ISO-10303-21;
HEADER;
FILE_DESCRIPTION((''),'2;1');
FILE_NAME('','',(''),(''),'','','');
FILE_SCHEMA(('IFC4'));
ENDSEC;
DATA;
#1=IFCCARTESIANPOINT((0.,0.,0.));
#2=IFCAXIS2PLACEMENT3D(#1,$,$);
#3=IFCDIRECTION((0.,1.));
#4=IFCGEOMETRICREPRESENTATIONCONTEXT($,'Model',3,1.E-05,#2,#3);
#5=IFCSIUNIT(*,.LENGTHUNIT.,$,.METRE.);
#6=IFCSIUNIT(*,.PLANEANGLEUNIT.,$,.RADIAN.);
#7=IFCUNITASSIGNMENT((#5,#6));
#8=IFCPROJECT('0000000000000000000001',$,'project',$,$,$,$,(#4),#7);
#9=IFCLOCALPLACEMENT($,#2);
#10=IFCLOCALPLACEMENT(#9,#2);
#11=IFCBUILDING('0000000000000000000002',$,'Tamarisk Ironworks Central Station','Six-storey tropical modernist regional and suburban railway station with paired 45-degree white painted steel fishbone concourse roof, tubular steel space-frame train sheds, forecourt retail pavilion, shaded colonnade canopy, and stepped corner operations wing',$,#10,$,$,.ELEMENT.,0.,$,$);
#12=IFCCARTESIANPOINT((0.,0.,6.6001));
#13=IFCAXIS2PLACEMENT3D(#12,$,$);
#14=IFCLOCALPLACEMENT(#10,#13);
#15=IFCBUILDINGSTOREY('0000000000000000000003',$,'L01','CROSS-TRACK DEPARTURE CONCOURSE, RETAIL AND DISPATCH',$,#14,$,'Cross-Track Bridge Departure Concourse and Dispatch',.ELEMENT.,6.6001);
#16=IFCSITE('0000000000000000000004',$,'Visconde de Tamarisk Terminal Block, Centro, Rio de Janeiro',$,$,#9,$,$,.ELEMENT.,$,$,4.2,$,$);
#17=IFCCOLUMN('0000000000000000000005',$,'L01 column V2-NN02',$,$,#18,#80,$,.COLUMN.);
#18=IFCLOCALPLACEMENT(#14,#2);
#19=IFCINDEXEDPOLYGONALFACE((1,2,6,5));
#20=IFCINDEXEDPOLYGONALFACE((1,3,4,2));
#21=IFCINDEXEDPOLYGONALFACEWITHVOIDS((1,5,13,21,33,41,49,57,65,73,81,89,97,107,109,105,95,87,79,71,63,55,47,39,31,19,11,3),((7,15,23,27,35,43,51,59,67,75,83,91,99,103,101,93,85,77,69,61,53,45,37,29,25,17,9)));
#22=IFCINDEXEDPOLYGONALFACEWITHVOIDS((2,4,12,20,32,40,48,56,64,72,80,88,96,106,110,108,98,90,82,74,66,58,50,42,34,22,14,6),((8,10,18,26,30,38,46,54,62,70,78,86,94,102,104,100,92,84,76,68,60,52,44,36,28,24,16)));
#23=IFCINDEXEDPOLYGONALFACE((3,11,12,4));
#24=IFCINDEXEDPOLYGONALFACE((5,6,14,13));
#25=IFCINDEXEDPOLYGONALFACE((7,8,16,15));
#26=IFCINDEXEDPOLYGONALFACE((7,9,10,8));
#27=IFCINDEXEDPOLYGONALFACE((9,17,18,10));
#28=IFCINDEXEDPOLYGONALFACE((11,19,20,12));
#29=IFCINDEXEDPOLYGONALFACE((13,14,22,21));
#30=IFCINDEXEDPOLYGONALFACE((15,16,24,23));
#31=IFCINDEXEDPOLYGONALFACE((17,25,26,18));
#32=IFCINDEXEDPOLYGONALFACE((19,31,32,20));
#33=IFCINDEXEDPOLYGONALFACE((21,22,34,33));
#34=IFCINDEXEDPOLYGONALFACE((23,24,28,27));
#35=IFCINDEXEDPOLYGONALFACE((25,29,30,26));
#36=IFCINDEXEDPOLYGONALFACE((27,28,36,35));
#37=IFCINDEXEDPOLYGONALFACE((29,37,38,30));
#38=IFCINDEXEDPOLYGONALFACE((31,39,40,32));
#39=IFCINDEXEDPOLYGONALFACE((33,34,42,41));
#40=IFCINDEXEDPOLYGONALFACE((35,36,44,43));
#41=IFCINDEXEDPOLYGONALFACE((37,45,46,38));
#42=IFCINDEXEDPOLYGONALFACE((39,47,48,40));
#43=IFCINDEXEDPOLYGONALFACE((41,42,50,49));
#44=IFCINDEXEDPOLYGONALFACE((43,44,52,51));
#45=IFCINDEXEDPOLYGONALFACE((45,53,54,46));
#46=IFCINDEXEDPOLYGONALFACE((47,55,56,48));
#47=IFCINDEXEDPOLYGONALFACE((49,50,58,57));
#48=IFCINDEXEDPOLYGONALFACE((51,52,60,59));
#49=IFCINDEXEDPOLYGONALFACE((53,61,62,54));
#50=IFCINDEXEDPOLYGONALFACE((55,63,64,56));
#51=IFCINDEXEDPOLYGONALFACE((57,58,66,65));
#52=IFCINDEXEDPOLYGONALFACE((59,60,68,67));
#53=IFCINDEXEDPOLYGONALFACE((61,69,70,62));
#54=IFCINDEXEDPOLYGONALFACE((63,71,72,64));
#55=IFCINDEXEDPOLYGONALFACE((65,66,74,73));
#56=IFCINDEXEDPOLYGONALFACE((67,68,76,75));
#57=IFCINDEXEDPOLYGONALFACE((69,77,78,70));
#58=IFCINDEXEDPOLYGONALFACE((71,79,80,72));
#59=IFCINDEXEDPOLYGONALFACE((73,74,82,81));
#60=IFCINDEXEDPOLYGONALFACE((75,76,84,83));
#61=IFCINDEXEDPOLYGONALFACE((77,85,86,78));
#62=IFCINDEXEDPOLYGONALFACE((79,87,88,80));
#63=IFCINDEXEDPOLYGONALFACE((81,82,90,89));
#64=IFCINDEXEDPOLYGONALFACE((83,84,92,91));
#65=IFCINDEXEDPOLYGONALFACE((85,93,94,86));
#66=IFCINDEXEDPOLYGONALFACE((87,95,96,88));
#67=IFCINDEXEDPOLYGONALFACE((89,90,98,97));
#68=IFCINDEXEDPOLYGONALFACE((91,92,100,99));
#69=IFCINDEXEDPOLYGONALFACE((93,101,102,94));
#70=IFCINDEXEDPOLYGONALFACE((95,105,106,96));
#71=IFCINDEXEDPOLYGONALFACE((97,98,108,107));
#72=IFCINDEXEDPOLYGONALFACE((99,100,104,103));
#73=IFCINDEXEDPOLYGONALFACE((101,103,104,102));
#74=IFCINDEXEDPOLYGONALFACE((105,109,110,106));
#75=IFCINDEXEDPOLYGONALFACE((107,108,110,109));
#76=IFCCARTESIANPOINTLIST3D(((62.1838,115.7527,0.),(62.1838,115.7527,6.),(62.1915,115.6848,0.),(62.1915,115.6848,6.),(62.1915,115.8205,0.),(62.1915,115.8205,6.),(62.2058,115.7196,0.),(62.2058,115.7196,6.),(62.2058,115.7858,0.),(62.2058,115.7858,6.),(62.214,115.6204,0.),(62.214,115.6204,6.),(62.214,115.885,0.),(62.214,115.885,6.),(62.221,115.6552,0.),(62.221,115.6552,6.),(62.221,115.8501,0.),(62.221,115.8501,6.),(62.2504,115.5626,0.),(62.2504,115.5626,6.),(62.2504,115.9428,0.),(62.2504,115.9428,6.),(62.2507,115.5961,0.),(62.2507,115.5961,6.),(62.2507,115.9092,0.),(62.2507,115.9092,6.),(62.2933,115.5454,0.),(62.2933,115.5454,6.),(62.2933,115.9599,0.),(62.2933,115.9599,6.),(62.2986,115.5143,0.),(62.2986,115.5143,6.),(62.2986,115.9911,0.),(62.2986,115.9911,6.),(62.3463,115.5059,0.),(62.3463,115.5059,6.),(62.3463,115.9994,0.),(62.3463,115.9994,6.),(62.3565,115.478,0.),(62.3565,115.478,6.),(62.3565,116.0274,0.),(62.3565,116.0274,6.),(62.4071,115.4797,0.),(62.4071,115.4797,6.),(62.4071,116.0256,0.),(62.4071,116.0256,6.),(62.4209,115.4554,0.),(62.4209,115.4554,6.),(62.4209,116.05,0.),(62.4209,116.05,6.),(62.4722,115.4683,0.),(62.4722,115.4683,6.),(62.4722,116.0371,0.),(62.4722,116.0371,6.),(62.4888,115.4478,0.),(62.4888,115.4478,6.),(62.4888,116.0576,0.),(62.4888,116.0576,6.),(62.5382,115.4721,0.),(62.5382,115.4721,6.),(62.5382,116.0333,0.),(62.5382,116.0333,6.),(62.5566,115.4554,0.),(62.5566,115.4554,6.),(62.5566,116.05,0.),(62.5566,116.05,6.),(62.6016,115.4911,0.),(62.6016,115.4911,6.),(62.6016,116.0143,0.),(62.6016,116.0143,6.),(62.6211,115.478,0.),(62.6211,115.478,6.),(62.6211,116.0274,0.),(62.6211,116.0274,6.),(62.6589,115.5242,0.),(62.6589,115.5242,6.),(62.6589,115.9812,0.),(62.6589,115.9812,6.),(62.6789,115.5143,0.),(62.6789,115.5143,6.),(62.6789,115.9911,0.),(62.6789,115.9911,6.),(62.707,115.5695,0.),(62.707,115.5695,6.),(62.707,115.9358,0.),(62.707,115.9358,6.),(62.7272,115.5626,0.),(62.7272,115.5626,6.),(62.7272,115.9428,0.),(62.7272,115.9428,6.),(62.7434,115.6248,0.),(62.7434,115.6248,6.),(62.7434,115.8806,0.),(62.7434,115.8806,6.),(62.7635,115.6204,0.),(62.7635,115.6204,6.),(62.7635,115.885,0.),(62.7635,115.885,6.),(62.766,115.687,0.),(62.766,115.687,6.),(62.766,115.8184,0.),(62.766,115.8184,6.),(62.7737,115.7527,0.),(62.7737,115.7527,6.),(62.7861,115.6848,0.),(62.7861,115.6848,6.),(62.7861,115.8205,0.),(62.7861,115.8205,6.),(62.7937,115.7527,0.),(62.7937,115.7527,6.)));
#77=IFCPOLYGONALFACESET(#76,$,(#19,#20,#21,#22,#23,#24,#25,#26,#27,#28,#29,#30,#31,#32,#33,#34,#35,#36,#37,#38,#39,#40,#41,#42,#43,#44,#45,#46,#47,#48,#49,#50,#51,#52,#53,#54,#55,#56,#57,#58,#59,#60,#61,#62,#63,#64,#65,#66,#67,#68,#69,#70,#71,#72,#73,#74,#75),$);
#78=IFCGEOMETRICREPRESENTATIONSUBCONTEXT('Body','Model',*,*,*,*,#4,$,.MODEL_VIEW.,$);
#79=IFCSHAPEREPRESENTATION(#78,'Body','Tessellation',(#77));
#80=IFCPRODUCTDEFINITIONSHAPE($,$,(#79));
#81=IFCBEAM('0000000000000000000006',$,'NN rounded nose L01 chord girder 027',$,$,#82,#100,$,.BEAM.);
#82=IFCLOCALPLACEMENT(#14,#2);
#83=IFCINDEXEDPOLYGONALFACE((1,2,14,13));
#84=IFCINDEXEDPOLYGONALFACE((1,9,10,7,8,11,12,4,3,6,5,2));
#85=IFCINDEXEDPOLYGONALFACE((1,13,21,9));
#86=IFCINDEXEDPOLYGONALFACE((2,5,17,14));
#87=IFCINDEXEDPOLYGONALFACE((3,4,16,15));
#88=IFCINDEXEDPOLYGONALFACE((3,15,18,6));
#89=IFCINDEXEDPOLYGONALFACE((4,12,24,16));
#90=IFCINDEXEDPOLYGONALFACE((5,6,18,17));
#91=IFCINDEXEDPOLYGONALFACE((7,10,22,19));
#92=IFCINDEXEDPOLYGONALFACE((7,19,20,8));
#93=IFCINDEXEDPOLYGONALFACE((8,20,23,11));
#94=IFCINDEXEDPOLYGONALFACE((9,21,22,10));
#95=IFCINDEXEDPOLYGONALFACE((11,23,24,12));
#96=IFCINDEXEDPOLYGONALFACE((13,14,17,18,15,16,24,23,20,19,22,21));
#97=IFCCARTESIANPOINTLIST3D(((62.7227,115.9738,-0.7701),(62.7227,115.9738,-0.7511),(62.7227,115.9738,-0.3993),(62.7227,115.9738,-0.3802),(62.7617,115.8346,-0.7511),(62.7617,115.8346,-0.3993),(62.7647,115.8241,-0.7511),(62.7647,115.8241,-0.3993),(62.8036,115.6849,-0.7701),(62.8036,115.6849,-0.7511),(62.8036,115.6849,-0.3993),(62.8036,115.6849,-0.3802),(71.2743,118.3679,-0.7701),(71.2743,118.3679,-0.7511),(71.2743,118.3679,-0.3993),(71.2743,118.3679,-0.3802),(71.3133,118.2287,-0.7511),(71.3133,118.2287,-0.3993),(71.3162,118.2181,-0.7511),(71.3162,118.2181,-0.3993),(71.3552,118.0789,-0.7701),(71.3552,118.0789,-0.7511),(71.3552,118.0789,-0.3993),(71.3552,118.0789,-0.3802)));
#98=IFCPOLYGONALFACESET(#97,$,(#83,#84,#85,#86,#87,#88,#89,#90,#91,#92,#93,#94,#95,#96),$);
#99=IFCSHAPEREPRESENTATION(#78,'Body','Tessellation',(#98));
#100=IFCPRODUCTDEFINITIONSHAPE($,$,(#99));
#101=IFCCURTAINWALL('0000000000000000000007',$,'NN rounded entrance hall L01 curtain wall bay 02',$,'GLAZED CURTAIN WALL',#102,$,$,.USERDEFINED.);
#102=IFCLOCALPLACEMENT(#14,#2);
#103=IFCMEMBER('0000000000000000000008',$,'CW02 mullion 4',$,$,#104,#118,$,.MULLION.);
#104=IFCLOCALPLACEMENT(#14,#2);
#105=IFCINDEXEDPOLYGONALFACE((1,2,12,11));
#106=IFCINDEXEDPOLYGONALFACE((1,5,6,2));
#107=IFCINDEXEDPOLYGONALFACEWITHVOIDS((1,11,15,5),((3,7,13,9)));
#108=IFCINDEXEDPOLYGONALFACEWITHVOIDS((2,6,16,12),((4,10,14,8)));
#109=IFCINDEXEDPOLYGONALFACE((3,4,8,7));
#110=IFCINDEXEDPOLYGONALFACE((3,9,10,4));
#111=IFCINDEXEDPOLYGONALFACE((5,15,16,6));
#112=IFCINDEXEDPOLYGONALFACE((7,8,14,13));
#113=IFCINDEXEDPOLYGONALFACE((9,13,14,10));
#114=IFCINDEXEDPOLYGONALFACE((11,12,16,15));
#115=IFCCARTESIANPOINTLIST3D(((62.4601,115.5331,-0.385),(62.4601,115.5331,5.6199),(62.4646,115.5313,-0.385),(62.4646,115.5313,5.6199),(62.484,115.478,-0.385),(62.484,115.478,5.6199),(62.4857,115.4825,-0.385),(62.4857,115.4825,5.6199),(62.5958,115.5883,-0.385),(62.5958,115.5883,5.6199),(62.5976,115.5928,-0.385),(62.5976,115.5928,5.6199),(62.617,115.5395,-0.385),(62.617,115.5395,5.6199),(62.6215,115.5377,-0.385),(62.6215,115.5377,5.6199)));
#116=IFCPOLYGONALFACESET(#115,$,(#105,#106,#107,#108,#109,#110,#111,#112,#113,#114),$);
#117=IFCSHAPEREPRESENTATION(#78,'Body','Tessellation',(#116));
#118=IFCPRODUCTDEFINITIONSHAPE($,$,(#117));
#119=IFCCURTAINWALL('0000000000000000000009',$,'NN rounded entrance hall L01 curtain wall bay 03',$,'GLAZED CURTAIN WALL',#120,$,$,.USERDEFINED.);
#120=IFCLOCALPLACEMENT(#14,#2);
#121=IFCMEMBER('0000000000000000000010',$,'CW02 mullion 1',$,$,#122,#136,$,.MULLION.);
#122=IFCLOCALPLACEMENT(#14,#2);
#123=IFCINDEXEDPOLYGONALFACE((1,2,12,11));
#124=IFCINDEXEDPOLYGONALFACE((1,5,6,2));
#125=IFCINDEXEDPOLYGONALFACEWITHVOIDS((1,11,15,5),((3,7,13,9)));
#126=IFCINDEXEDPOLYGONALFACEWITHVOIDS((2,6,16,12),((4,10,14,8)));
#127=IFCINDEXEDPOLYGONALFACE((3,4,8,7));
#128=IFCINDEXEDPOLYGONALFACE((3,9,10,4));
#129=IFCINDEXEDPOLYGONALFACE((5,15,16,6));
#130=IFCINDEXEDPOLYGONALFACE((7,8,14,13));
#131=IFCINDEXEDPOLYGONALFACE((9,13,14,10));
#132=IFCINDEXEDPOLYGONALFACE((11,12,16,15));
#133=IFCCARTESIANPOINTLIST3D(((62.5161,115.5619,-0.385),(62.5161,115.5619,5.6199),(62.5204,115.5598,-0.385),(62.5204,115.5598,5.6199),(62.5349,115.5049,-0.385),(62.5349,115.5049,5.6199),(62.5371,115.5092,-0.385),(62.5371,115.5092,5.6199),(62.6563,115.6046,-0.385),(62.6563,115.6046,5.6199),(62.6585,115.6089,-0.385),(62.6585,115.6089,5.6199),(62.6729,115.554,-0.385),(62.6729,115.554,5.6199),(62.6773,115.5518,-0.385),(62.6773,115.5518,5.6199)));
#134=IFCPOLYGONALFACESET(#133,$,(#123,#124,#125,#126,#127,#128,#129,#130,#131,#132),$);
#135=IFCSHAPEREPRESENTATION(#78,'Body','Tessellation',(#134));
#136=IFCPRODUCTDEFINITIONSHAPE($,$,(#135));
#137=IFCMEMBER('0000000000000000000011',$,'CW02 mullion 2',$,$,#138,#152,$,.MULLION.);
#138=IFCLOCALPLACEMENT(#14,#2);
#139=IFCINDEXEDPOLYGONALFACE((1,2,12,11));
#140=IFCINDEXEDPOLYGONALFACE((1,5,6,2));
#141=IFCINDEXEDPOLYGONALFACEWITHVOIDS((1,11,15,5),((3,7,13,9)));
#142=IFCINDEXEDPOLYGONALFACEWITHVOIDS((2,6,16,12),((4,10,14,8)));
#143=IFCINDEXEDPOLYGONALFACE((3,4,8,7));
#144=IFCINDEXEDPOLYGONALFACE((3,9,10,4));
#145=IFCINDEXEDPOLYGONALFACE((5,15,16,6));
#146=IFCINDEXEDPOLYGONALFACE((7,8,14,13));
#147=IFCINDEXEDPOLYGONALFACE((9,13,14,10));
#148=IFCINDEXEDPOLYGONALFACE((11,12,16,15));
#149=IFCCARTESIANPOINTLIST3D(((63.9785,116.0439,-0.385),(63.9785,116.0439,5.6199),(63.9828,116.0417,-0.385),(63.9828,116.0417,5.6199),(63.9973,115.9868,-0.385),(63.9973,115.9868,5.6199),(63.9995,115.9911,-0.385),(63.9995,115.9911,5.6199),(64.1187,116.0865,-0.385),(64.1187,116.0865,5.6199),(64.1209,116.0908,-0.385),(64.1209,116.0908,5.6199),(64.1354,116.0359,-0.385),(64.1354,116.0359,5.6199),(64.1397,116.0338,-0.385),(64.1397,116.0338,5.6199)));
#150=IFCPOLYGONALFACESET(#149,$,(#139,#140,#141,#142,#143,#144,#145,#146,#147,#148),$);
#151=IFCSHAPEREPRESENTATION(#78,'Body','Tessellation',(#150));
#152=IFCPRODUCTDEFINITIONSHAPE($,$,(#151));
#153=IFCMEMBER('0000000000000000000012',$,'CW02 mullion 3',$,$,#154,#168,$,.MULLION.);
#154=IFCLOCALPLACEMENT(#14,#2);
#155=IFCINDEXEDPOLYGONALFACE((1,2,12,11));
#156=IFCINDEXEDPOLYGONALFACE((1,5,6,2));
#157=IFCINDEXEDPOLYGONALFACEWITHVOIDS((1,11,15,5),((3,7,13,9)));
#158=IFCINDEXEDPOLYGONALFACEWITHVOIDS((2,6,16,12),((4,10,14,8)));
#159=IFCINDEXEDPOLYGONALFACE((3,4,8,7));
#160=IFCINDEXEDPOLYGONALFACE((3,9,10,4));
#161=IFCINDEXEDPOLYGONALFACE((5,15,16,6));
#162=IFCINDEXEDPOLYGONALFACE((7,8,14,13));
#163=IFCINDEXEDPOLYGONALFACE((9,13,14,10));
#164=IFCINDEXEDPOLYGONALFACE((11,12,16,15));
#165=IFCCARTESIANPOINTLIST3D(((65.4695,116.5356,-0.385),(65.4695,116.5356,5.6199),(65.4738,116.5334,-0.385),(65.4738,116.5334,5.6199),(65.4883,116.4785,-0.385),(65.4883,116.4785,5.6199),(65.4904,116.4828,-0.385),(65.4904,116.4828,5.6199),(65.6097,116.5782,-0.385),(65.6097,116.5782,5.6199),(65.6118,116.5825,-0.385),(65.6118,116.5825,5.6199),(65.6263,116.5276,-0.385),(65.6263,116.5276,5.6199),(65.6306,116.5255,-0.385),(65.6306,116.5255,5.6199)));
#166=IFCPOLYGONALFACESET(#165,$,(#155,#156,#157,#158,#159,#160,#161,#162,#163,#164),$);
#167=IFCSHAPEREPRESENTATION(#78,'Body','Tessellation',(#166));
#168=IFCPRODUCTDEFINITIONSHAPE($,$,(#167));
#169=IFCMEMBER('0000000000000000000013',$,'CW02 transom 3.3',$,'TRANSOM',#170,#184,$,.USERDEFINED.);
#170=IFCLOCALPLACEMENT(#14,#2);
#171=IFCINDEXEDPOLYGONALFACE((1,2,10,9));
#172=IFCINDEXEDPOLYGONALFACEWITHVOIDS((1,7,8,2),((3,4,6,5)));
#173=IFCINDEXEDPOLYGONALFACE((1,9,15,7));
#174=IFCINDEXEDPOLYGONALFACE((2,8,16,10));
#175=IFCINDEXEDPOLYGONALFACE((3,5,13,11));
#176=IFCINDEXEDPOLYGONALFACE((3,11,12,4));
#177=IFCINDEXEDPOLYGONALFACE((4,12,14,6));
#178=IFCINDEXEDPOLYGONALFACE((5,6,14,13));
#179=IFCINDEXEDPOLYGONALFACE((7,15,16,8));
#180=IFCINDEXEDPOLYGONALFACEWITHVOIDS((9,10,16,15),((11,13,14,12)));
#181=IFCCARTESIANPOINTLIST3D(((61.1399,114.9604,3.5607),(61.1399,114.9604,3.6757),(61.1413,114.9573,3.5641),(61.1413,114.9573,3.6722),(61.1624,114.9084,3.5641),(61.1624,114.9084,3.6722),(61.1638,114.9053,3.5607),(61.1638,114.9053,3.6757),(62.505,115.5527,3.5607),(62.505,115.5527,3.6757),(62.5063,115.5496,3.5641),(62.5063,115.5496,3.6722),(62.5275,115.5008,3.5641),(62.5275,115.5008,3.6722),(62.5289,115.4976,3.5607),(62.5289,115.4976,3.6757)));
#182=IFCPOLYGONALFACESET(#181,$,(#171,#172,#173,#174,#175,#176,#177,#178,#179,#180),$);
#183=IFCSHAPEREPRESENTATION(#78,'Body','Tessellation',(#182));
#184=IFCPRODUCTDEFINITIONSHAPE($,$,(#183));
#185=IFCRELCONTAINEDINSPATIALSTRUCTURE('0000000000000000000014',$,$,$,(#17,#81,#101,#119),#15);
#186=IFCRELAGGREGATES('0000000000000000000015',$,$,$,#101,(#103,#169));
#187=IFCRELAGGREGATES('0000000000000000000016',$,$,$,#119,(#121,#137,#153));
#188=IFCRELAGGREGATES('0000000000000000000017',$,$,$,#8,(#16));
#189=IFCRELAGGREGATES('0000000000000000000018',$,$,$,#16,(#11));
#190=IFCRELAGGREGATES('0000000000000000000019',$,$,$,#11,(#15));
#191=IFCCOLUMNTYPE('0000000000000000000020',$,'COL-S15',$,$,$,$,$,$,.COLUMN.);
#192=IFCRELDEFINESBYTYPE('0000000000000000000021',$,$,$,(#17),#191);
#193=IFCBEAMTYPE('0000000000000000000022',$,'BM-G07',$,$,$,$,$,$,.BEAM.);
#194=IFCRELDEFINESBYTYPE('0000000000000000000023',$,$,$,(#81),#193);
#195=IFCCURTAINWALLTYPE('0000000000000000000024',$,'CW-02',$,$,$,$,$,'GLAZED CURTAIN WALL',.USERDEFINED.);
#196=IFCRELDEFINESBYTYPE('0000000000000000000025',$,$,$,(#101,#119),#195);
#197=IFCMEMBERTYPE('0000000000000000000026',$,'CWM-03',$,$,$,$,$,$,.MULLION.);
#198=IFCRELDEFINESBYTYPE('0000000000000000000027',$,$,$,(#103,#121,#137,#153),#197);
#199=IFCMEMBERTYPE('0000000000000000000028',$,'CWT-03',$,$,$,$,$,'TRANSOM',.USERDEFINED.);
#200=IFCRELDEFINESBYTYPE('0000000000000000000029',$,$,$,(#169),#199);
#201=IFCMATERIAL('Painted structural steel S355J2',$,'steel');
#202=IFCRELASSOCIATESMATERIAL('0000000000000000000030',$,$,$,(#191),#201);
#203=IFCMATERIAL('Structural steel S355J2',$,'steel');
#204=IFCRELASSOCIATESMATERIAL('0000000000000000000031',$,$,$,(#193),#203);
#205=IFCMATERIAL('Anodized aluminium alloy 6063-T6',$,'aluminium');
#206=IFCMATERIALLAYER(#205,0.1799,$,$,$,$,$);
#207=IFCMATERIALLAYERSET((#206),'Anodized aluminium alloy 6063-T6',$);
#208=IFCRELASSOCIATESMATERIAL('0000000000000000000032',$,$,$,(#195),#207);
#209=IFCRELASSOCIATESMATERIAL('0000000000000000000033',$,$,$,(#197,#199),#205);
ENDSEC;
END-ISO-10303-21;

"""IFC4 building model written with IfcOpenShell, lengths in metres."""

from ifc_helpers import new_model, si_unit, direction, frame, origin, origin_2d, place, context, subcontext, project, spatial, hollow_rectangle, hollow_circle, i_section, extrude, material, layer, layer_set, material_profile, profile_set, type_object, element, aggregate, save


model = new_model("IFC4")

# Units and contexts
model_context = context("Model", 3, precision=1e-05, world=origin(), true_north=direction((0.0, 1.0)))
body_context = subcontext(model_context, "Body", "Model", "MODEL_VIEW")
ifc_project = project(units=[si_unit("LENGTHUNIT", "METRE"), si_unit("PLANEANGLEUNIT", "RADIAN")], contexts=[model_context])

# Site, building, storey
site_placement = place(None, origin())
site = spatial("IfcSite", under=ifc_project, at=site_placement, Name="Visconde de Tamarisk Terminal Block, Centro, Rio de Janeiro", CompositionType="ELEMENT", RefElevation=4.2)
building_placement = place(site_placement, origin())
building = spatial("IfcBuilding", under=site, at=building_placement, Name="Tamarisk Ironworks Central Station", Description="Six-storey tropical modernist regional and suburban railway station with paired 45-degree white painted steel fishbone concourse roof, tubular steel space-frame train sheds, forecourt retail pavilion, shaded colonnade canopy, and stepped corner operations wing", CompositionType="ELEMENT", ElevationOfRefHeight=0.0)
storey_placement = place(building_placement, frame((0.0, 0.0, 6.6001)))
storey = spatial("IfcBuildingStorey", under=building, at=storey_placement, Name="L01", Description="CROSS-TRACK DEPARTURE CONCOURSE, RETAIL AND DISPATCH", LongName="Cross-Track Bridge Departure Concourse and Dispatch", CompositionType="ELEMENT", Elevation=6.6001)

# Column
ifc_material_1 = material(Name="Painted structural steel S355J2", Category="steel")
ifc_material_profile_1 = material_profile(ifc_material_1, hollow_circle(Radius=0.3049, WallThickness=0.02, at=origin_2d()), Name="CHS 610x20")
ifc_profile_set_1 = profile_set([ifc_material_profile_1], Name="Painted structural steel S355J2")
column_type = type_object("IfcColumnType", Name="COL-S15", PredefinedType="COLUMN", material=ifc_profile_set_1)
column_placement = place(storey_placement, frame((62.4888, 115.7527, 0.0), z_axis=(0.0, 0.0, 1.0), x_axis=(1.0, 0.0, 0.0)))
element("IfcColumn", 1, at=column_placement, inside=storey, type_object=column_type, Name="L01 column V2-NN02", PredefinedType="COLUMN", context=body_context, shape_type="SweptSolid", body=[
    extrude(hollow_circle(Radius=0.3049, WallThickness=0.02, at=origin_2d()), origin(), (0.0, 0.0, 1.0), 6.0),
])

# Beam
ifc_material_2 = material(Name="Structural steel S355J2", Category="steel")
ifc_material_profile_2 = material_profile(ifc_material_2, i_section(OverallWidth=0.3, OverallDepth=0.3899, WebThickness=0.011, FlangeThickness=0.019, at=origin_2d()), Name="HEA 400")
ifc_profile_set_2 = profile_set([ifc_material_profile_2], Name="Structural steel S355J2")
beam_type = type_object("IfcBeamType", Name="BM-G07", PredefinedType="BEAM", material=ifc_profile_set_2)
beam_placement = place(storey_placement, frame((62.7632, 115.8293, -0.5752), z_axis=(0.962975, 0.26959, 0.0), x_axis=(-0.26959, 0.962975, 0.0)))
element("IfcBeam", 2, at=beam_placement, inside=storey, type_object=beam_type, Name="NN rounded nose L01 chord girder 027", PredefinedType="BEAM", context=body_context, shape_type="SweptSolid", body=[
    extrude(i_section(OverallWidth=0.3, OverallDepth=0.3899, WebThickness=0.011, FlangeThickness=0.019, at=origin_2d()), origin(), (0.0, 0.0, 1.0), 8.8804),
])

# Curtain wall, member
ifc_material_3 = material(Name="Anodized aluminium alloy 6063-T6", Category="aluminium")
ifc_layer_1 = layer(ifc_material_3, 0.1799)
ifc_layer_set_1 = layer_set([ifc_layer_1], Name="Anodized aluminium alloy 6063-T6")
curtain_wall_type = type_object("IfcCurtainWallType", Name="CW-02", ElementType="GLAZED CURTAIN WALL", PredefinedType="USERDEFINED", material=ifc_layer_set_1)
curtain_wall_1_placement = place(storey_placement, origin())
curtain_wall_1 = element("IfcCurtainWall", 3, at=curtain_wall_1_placement, inside=storey, type_object=curtain_wall_type, Name="NN rounded entrance hall L01 curtain wall bay 02", ObjectType="GLAZED CURTAIN WALL", PredefinedType="USERDEFINED")
ifc_material_profile_3 = material_profile(ifc_material_3, hollow_rectangle(XDim=0.0601, YDim=0.1499, WallThickness=0.0034, at=origin_2d()), Name="ALUM 150x60")
ifc_profile_set_3 = profile_set([ifc_material_profile_3], Name="Anodized aluminium alloy 6063-T6")
member_type_1 = type_object("IfcMemberType", Name="CWM-03", PredefinedType="MULLION", material=ifc_profile_set_3)
member_1_placement = place(storey_placement, frame((62.5408, 115.5354, -0.385), z_axis=(0.0, 0.0, 1.0), x_axis=(-0.398077, 0.917352, 0.0)))
member_1 = element("IfcMember", 4, at=member_1_placement, type_object=member_type_1, Name="CW02 mullion 4", PredefinedType="MULLION", context=body_context, shape_type="SweptSolid", body=[
    extrude(hollow_rectangle(XDim=0.0601, YDim=0.1499, WallThickness=0.0034, at=origin_2d()), origin(), (0.0, 0.0, 1.0), 6.0049),
])

# Curtain wall, members
curtain_wall_2_placement = place(storey_placement, origin())
curtain_wall_2 = element("IfcCurtainWall", 5, at=curtain_wall_2_placement, inside=storey, type_object=curtain_wall_type, Name="NN rounded entrance hall L01 curtain wall bay 03", ObjectType="GLAZED CURTAIN WALL", PredefinedType="USERDEFINED")
member_2_placement = place(storey_placement, frame((62.5967, 115.5569, -0.385), z_axis=(0.0, 0.0, 1.0), x_axis=(-0.313098, 0.949721, 0.0)))
member_2 = element("IfcMember", 6, at=member_2_placement, type_object=member_type_1, Name="CW02 mullion 1", PredefinedType="MULLION", context=body_context, shape_type="SweptSolid", body=[
    extrude(hollow_rectangle(XDim=0.0601, YDim=0.1499, WallThickness=0.0034, at=origin_2d()), origin(), (0.0, 0.0, 1.0), 6.0049),
])
member_3_placement = place(storey_placement, frame((64.0591, 116.0388, -0.385), z_axis=(0.0, 0.0, 1.0), x_axis=(-0.313098, 0.949721, 0.0)))
member_3 = element("IfcMember", 7, at=member_3_placement, type_object=member_type_1, Name="CW02 mullion 2", PredefinedType="MULLION", context=body_context, shape_type="SweptSolid", body=[
    extrude(hollow_rectangle(XDim=0.0601, YDim=0.1499, WallThickness=0.0034, at=origin_2d()), origin(), (0.0, 0.0, 1.0), 6.0049),
])
member_4_placement = place(storey_placement, frame((65.55, 116.5305, -0.385), z_axis=(0.0, 0.0, 1.0), x_axis=(-0.313098, 0.949721, 0.0)))
member_4 = element("IfcMember", 8, at=member_4_placement, type_object=member_type_1, Name="CW02 mullion 3", PredefinedType="MULLION", context=body_context, shape_type="SweptSolid", body=[
    extrude(hollow_rectangle(XDim=0.0601, YDim=0.1499, WallThickness=0.0034, at=origin_2d()), origin(), (0.0, 0.0, 1.0), 6.0049),
])

# Member
ifc_material_profile_4 = material_profile(ifc_material_3, hollow_rectangle(XDim=0.0601, YDim=0.115, WallThickness=0.0034, at=origin_2d()), Name="ALUM 115x60")
ifc_profile_set_4 = profile_set([ifc_material_profile_4], Name="Anodized aluminium alloy 6063-T6")
member_type_2 = type_object("IfcMemberType", Name="CWT-03", ElementType="TRANSOM", PredefinedType="USERDEFINED", material=ifc_profile_set_4)
member_5_placement = place(storey_placement, frame((61.1519, 114.9329, 3.6182), z_axis=(0.917362, 0.398054, 0.0), x_axis=(-0.398054, 0.917362, 0.0)))
member_5 = element("IfcMember", 9, at=member_5_placement, type_object=member_type_2, Name="CW02 transom 3.3", ObjectType="TRANSOM", PredefinedType="USERDEFINED", context=body_context, shape_type="SweptSolid", body=[
    extrude(hollow_rectangle(XDim=0.0601, YDim=0.115, WallThickness=0.0034, at=origin_2d()), origin(), (0.0, 0.0, 1.0), 1.488),
])

aggregate(curtain_wall_1, [member_1, member_5])
aggregate(curtain_wall_2, [member_2, member_3, member_4])

save(model, "model.ifc")
